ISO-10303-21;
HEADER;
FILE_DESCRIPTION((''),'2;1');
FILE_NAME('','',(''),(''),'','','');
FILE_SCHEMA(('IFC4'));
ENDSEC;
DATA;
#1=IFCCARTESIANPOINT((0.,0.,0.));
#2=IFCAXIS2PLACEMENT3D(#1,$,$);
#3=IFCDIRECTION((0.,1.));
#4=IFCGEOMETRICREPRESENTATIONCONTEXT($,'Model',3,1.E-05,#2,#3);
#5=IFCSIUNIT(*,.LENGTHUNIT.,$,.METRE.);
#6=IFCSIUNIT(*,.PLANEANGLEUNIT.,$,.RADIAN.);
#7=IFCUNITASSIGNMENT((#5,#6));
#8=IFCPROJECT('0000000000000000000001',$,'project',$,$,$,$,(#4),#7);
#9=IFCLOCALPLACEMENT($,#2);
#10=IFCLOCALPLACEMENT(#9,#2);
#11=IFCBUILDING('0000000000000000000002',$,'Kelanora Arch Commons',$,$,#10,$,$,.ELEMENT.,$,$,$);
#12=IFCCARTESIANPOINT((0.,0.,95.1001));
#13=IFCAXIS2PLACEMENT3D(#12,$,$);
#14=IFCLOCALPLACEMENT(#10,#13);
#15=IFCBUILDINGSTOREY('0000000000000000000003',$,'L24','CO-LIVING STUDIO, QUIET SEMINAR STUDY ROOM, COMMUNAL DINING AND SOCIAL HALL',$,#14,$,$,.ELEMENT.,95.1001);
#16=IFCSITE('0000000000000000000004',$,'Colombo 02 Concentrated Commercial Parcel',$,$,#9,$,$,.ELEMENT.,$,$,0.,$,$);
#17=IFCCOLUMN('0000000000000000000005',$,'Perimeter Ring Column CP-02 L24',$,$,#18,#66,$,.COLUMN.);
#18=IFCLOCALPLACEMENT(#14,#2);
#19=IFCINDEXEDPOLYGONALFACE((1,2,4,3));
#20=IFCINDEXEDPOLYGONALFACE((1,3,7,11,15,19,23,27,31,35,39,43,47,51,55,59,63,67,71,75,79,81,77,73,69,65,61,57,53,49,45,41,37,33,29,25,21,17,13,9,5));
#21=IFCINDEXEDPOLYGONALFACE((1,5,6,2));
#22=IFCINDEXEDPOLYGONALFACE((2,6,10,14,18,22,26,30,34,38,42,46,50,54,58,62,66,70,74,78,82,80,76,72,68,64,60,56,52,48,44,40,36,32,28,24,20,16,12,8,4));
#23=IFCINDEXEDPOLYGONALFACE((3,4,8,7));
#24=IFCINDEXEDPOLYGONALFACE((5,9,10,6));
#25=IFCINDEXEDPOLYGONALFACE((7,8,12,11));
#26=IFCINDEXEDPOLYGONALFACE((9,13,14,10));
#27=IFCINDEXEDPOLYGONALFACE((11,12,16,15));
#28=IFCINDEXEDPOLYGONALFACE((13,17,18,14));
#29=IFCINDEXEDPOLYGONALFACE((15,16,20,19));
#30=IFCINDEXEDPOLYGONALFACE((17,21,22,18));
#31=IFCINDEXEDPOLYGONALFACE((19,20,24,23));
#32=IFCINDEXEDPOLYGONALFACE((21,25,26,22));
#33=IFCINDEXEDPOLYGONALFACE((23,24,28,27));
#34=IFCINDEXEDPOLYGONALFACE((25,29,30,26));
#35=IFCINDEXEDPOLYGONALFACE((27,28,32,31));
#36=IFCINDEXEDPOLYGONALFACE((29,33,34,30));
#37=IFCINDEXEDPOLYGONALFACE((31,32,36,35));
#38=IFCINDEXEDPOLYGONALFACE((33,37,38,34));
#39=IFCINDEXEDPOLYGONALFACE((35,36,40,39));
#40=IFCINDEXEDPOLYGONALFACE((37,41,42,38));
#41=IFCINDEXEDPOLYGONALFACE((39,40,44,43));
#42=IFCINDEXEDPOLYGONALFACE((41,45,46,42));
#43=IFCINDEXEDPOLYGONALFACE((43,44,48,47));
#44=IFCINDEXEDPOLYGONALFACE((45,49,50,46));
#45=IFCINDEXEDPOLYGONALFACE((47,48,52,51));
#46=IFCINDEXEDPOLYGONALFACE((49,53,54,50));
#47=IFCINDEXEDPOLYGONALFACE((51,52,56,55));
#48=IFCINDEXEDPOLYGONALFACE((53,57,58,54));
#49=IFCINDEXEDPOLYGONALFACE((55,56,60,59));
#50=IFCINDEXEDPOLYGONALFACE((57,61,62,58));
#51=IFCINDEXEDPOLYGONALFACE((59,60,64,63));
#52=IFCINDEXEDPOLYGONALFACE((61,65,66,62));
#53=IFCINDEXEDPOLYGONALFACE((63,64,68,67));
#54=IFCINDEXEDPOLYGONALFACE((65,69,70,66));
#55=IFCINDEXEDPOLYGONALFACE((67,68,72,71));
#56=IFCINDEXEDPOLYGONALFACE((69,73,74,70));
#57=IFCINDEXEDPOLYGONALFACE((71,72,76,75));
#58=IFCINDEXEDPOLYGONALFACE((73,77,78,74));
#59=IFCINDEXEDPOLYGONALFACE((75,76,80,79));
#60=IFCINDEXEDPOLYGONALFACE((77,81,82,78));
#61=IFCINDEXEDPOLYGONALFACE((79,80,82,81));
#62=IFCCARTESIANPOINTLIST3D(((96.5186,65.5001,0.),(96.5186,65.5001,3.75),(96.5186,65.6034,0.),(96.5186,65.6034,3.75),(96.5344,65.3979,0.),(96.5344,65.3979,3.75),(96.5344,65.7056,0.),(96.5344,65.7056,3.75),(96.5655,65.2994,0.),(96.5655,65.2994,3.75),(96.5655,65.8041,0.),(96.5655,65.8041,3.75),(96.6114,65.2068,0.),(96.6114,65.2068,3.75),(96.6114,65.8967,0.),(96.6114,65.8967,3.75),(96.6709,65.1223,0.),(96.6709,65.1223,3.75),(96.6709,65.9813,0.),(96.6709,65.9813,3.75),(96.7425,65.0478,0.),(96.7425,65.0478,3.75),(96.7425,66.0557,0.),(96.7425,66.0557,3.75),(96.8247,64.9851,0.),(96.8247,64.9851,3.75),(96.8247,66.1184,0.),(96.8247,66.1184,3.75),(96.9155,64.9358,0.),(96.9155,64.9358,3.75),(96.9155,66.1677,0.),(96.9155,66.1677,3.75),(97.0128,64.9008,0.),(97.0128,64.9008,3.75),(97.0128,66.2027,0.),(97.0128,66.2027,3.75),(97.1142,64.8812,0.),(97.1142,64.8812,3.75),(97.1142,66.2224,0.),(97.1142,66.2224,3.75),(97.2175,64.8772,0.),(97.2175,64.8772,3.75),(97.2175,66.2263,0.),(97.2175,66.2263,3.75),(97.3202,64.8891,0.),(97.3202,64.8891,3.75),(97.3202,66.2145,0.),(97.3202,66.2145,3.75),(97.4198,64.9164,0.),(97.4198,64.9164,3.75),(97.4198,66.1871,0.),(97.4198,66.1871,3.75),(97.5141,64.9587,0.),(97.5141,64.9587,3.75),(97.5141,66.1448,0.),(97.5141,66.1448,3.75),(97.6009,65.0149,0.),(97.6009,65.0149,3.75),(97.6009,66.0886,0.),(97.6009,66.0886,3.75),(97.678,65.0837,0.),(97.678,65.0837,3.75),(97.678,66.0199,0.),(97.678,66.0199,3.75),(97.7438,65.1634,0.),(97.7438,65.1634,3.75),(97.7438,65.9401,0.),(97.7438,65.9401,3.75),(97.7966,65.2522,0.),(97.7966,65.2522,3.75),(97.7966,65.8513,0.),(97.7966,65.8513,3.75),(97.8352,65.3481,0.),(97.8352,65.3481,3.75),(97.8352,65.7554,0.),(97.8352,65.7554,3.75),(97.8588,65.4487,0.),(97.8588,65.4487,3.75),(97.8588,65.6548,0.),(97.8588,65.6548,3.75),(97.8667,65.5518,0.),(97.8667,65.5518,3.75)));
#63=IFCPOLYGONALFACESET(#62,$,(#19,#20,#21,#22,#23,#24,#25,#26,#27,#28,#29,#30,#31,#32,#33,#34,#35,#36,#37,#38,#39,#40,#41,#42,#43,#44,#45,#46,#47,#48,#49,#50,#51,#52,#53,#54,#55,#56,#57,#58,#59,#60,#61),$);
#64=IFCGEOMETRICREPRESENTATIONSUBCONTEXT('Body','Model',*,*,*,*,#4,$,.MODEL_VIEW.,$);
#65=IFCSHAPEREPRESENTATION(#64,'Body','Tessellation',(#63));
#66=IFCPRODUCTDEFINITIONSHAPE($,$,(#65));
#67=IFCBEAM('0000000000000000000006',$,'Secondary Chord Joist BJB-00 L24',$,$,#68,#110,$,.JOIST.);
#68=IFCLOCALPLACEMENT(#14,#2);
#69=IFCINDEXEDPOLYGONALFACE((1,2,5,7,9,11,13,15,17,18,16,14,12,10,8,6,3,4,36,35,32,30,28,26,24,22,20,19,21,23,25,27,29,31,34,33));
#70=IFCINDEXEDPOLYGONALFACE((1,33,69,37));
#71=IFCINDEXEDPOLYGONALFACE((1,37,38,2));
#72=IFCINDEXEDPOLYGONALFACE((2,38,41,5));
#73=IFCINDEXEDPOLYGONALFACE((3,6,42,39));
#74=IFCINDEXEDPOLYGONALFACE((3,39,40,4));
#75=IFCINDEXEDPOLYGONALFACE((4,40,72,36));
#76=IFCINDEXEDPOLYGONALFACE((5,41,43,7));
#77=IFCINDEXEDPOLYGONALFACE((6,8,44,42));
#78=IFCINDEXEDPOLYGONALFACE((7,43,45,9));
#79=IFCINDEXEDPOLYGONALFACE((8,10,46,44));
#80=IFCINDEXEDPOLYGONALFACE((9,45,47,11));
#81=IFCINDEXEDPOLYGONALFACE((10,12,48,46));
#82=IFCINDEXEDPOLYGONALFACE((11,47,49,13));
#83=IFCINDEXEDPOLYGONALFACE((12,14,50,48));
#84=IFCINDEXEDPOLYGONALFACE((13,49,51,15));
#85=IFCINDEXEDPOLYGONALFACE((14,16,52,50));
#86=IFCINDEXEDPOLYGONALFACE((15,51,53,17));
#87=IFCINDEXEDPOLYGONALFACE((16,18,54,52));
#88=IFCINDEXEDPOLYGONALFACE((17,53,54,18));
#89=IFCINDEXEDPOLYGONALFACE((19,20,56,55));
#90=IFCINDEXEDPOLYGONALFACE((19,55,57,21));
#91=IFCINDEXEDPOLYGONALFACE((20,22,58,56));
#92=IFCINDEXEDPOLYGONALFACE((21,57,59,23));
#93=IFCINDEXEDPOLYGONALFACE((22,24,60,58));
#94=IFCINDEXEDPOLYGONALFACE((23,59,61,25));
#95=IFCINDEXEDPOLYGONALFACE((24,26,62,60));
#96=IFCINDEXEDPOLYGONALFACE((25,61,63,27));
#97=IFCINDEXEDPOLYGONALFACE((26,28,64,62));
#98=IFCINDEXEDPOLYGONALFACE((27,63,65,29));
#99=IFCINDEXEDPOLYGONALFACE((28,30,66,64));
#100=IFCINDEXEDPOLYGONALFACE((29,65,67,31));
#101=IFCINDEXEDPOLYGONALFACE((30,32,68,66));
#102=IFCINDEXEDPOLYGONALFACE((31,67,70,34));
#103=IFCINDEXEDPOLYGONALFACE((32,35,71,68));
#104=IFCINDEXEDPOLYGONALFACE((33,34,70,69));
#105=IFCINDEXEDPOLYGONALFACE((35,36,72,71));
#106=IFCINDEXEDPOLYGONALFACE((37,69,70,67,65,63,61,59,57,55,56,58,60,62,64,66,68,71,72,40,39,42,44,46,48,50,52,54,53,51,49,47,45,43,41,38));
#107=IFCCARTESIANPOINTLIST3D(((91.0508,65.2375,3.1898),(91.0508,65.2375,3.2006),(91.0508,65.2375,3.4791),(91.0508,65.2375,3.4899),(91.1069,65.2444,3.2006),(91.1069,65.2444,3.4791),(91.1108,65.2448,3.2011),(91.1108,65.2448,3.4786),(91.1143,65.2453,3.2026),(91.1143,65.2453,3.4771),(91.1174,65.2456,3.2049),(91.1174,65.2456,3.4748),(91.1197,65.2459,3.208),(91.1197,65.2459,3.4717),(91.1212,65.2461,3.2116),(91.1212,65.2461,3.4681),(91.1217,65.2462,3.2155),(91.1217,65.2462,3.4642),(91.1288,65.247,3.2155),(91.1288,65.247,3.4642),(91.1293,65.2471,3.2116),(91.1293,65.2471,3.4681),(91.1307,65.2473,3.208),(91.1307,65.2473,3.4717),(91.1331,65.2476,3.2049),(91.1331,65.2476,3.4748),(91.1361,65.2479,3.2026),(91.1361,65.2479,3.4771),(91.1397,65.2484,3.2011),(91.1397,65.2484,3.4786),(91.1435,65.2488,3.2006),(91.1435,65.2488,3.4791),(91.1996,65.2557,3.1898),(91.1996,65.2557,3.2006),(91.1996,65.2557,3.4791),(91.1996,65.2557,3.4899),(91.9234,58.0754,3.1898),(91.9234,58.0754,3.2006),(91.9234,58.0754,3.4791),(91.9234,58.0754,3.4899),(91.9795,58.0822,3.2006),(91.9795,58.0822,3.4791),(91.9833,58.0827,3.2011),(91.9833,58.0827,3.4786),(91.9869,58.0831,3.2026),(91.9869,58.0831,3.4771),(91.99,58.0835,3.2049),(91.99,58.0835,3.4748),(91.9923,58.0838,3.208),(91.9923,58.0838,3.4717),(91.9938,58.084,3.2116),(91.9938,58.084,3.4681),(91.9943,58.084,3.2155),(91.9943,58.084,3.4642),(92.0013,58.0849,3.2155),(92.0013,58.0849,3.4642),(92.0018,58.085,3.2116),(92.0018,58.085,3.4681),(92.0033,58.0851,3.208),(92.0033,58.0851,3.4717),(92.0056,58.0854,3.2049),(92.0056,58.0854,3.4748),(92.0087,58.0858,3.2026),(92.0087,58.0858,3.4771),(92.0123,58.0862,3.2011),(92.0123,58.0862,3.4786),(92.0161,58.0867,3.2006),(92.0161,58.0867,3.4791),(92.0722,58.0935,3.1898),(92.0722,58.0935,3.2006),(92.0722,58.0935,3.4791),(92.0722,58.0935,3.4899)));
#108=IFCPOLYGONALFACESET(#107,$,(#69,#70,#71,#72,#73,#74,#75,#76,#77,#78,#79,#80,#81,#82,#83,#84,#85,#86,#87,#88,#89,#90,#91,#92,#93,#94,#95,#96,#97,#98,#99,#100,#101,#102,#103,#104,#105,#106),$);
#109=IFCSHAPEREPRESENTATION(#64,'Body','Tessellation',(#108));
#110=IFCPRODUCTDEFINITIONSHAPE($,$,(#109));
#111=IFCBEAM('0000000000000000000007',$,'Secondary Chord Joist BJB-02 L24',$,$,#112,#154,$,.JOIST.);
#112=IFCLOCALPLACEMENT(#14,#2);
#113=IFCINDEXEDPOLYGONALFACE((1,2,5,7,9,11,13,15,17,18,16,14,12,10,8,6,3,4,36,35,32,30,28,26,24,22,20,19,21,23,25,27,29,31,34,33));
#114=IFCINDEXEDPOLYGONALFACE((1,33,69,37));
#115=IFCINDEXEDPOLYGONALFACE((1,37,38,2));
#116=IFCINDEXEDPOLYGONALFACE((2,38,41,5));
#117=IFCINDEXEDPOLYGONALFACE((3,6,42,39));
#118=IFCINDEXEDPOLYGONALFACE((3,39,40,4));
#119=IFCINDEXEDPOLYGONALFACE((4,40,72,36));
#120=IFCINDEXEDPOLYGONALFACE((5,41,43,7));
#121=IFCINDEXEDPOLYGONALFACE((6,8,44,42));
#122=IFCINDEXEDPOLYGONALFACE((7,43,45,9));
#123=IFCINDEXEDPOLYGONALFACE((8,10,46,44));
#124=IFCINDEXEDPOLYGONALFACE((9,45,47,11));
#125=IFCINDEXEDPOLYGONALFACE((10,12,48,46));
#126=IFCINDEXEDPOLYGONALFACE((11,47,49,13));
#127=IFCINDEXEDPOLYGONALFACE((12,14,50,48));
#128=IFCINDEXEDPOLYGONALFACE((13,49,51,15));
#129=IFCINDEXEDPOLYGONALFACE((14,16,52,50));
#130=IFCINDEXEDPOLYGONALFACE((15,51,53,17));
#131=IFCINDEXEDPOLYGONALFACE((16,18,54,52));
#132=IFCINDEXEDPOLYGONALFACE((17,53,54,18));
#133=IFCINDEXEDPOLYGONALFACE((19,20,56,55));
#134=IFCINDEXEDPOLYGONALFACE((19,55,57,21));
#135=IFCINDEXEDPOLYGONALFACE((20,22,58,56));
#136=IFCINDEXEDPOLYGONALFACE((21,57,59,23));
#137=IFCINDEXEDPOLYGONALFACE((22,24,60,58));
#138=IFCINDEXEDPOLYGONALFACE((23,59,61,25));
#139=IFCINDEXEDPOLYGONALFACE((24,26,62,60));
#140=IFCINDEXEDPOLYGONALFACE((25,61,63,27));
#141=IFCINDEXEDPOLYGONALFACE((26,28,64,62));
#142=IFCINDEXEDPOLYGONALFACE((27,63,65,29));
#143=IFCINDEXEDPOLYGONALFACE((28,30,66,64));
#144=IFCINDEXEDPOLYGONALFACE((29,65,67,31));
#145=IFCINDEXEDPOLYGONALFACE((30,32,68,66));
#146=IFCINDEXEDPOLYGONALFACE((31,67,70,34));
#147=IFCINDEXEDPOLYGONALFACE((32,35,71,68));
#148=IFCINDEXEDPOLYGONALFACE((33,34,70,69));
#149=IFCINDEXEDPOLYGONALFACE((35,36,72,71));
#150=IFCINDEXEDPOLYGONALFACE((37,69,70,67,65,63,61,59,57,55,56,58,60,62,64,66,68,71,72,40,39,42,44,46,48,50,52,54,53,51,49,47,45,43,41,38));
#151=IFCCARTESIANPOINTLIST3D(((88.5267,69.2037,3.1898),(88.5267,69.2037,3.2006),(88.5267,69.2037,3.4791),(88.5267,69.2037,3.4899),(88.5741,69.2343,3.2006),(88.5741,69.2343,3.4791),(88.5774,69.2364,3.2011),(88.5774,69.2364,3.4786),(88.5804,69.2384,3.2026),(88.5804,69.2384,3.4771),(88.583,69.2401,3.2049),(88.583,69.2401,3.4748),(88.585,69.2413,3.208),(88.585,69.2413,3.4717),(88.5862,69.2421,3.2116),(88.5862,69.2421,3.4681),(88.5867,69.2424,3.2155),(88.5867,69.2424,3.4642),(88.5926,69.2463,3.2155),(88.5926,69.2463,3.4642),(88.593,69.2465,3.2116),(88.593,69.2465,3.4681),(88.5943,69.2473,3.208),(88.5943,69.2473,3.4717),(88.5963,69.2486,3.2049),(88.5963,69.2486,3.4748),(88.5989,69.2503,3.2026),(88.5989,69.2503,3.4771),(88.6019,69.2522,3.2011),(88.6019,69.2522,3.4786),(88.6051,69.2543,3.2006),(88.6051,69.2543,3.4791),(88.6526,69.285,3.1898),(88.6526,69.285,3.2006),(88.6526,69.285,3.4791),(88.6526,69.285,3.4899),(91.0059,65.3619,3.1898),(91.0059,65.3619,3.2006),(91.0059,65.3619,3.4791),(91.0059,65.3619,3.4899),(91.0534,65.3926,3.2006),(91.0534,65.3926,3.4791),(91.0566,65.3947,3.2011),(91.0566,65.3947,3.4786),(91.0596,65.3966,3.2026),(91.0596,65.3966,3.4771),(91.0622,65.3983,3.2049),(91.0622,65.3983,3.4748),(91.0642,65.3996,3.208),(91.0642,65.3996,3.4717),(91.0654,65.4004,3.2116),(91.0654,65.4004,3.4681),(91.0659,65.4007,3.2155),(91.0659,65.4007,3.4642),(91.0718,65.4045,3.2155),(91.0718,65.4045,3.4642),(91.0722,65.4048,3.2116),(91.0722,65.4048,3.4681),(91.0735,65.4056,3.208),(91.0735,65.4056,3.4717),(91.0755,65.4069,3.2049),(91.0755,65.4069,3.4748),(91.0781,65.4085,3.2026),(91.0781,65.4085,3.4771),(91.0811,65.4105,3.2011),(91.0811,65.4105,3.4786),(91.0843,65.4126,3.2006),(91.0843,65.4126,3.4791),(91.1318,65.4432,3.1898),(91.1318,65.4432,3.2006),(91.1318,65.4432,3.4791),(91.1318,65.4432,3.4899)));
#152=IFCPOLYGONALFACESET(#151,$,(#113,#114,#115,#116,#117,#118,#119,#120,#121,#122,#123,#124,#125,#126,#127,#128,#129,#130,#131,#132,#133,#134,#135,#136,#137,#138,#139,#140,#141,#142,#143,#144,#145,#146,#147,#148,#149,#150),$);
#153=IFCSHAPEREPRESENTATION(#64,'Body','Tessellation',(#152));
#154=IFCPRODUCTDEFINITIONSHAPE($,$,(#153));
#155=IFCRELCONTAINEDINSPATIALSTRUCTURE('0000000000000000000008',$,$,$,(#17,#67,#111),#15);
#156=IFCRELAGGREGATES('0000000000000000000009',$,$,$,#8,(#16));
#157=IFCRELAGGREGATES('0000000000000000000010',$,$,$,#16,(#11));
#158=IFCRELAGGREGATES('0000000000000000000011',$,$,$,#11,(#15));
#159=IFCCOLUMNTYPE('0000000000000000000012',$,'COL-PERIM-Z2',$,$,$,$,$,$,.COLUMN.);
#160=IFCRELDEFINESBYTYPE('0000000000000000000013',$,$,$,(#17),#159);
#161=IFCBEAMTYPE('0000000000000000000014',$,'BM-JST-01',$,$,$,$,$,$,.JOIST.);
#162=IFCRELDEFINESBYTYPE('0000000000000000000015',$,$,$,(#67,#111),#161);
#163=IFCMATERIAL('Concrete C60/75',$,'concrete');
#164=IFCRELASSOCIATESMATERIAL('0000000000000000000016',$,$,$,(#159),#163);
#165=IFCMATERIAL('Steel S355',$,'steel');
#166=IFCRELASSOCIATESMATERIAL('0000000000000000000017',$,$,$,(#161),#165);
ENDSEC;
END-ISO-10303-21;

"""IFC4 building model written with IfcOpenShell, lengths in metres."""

from ifc_helpers import new_model, si_unit, direction, frame, origin, origin_2d, place, context, subcontext, project, spatial, circle, i_section, extrude, material, material_profile, profile_set, type_object, element, save


model = new_model("IFC4")

# Units and contexts
model_context = context("Model", 3, precision=1e-05, world=origin(), true_north=direction((0.0, 1.0)))
body_context = subcontext(model_context, "Body", "Model", "MODEL_VIEW")
ifc_project = project(units=[si_unit("LENGTHUNIT", "METRE"), si_unit("PLANEANGLEUNIT", "RADIAN")], contexts=[model_context])

# Site, building, storey
site_placement = place(None, origin())
site = spatial("IfcSite", under=ifc_project, at=site_placement, Name="Colombo 02 Concentrated Commercial Parcel", CompositionType="ELEMENT", RefElevation=0.0)
building_placement = place(site_placement, origin())
building = spatial("IfcBuilding", under=site, at=building_placement, Name="Kelanora Arch Commons", CompositionType="ELEMENT")
storey_placement = place(building_placement, frame((0.0, 0.0, 95.1001)))
storey = spatial("IfcBuildingStorey", under=building, at=storey_placement, Name="L24", Description="CO-LIVING STUDIO, QUIET SEMINAR STUDY ROOM, COMMUNAL DINING AND SOCIAL HALL", CompositionType="ELEMENT", Elevation=95.1001)

# Column
ifc_material_1 = material(Name="Concrete C60/75", Category="concrete")
ifc_material_profile_1 = material_profile(ifc_material_1, circle(Radius=0.675, at=origin_2d()), Name="RCC1350")
ifc_profile_set_1 = profile_set([ifc_material_profile_1], Name="Concrete C60/75")
column_type = type_object("IfcColumnType", Name="COL-PERIM-Z2", PredefinedType="COLUMN", material=ifc_profile_set_1)
column_placement = place(storey_placement, frame((97.1917, 65.5518, 0.0), z_axis=(0.0, 0.0, 1.0), x_axis=(1.0, 0.0, 0.0)))
element("IfcColumn", 1, at=column_placement, inside=storey, type_object=column_type, Name="Perimeter Ring Column CP-02 L24", PredefinedType="COLUMN", context=body_context, shape_type="SweptSolid", body=[
    extrude(circle(Radius=0.675, at=origin_2d()), origin(), (0.0, 0.0, 1.0), 3.75),
])

# Beams
ifc_material_2 = material(Name="Steel S355", Category="steel")
ifc_material_profile_2 = material_profile(ifc_material_2, i_section(OverallWidth=0.1499, OverallDepth=0.3, WebThickness=0.0071, FlangeThickness=0.0107, FilletRadius=0.0149, at=origin_2d()), Name="IPE300")
ifc_profile_set_2 = profile_set([ifc_material_profile_2], Name="Steel S355")
beam_type_1 = type_object("IfcBeamType", Name="BM-JST-01", PredefinedType="JOIST", material=ifc_profile_set_2)
beam_1_placement = place(storey_placement, frame((91.9978, 58.0845, 3.3398), z_axis=(-0.120936, 0.99266, 0.0), x_axis=(-0.99266, -0.120936, 0.0)))
element("IfcBeam", 2, at=beam_1_placement, inside=storey, type_object=beam_type_1, Name="Secondary Chord Joist BJB-00 L24", PredefinedType="JOIST", context=body_context, shape_type="SweptSolid", body=[
    extrude(i_section(OverallWidth=0.1499, OverallDepth=0.3, WebThickness=0.0071, FlangeThickness=0.0107, FilletRadius=0.0149, at=origin_2d()), origin(), (0.0, 0.0, 1.0), 7.2151),
])
beam_2_placement = place(storey_placement, frame((91.0688, 65.4026, 3.3398), z_axis=(-0.54223, 0.84023, 0.0), x_axis=(-0.84023, -0.54223, 0.0)))
element("IfcBeam", 3, at=beam_2_placement, inside=storey, type_object=beam_type_1, Name="Secondary Chord Joist BJB-02 L24", PredefinedType="JOIST", context=body_context, shape_type="SweptSolid", body=[
    extrude(i_section(OverallWidth=0.1499, OverallDepth=0.3, WebThickness=0.0071, FlangeThickness=0.0107, FilletRadius=0.0149, at=origin_2d()), origin(), (0.0, 0.0, 1.0), 4.5723),
])

save(model, "model.ifc")
